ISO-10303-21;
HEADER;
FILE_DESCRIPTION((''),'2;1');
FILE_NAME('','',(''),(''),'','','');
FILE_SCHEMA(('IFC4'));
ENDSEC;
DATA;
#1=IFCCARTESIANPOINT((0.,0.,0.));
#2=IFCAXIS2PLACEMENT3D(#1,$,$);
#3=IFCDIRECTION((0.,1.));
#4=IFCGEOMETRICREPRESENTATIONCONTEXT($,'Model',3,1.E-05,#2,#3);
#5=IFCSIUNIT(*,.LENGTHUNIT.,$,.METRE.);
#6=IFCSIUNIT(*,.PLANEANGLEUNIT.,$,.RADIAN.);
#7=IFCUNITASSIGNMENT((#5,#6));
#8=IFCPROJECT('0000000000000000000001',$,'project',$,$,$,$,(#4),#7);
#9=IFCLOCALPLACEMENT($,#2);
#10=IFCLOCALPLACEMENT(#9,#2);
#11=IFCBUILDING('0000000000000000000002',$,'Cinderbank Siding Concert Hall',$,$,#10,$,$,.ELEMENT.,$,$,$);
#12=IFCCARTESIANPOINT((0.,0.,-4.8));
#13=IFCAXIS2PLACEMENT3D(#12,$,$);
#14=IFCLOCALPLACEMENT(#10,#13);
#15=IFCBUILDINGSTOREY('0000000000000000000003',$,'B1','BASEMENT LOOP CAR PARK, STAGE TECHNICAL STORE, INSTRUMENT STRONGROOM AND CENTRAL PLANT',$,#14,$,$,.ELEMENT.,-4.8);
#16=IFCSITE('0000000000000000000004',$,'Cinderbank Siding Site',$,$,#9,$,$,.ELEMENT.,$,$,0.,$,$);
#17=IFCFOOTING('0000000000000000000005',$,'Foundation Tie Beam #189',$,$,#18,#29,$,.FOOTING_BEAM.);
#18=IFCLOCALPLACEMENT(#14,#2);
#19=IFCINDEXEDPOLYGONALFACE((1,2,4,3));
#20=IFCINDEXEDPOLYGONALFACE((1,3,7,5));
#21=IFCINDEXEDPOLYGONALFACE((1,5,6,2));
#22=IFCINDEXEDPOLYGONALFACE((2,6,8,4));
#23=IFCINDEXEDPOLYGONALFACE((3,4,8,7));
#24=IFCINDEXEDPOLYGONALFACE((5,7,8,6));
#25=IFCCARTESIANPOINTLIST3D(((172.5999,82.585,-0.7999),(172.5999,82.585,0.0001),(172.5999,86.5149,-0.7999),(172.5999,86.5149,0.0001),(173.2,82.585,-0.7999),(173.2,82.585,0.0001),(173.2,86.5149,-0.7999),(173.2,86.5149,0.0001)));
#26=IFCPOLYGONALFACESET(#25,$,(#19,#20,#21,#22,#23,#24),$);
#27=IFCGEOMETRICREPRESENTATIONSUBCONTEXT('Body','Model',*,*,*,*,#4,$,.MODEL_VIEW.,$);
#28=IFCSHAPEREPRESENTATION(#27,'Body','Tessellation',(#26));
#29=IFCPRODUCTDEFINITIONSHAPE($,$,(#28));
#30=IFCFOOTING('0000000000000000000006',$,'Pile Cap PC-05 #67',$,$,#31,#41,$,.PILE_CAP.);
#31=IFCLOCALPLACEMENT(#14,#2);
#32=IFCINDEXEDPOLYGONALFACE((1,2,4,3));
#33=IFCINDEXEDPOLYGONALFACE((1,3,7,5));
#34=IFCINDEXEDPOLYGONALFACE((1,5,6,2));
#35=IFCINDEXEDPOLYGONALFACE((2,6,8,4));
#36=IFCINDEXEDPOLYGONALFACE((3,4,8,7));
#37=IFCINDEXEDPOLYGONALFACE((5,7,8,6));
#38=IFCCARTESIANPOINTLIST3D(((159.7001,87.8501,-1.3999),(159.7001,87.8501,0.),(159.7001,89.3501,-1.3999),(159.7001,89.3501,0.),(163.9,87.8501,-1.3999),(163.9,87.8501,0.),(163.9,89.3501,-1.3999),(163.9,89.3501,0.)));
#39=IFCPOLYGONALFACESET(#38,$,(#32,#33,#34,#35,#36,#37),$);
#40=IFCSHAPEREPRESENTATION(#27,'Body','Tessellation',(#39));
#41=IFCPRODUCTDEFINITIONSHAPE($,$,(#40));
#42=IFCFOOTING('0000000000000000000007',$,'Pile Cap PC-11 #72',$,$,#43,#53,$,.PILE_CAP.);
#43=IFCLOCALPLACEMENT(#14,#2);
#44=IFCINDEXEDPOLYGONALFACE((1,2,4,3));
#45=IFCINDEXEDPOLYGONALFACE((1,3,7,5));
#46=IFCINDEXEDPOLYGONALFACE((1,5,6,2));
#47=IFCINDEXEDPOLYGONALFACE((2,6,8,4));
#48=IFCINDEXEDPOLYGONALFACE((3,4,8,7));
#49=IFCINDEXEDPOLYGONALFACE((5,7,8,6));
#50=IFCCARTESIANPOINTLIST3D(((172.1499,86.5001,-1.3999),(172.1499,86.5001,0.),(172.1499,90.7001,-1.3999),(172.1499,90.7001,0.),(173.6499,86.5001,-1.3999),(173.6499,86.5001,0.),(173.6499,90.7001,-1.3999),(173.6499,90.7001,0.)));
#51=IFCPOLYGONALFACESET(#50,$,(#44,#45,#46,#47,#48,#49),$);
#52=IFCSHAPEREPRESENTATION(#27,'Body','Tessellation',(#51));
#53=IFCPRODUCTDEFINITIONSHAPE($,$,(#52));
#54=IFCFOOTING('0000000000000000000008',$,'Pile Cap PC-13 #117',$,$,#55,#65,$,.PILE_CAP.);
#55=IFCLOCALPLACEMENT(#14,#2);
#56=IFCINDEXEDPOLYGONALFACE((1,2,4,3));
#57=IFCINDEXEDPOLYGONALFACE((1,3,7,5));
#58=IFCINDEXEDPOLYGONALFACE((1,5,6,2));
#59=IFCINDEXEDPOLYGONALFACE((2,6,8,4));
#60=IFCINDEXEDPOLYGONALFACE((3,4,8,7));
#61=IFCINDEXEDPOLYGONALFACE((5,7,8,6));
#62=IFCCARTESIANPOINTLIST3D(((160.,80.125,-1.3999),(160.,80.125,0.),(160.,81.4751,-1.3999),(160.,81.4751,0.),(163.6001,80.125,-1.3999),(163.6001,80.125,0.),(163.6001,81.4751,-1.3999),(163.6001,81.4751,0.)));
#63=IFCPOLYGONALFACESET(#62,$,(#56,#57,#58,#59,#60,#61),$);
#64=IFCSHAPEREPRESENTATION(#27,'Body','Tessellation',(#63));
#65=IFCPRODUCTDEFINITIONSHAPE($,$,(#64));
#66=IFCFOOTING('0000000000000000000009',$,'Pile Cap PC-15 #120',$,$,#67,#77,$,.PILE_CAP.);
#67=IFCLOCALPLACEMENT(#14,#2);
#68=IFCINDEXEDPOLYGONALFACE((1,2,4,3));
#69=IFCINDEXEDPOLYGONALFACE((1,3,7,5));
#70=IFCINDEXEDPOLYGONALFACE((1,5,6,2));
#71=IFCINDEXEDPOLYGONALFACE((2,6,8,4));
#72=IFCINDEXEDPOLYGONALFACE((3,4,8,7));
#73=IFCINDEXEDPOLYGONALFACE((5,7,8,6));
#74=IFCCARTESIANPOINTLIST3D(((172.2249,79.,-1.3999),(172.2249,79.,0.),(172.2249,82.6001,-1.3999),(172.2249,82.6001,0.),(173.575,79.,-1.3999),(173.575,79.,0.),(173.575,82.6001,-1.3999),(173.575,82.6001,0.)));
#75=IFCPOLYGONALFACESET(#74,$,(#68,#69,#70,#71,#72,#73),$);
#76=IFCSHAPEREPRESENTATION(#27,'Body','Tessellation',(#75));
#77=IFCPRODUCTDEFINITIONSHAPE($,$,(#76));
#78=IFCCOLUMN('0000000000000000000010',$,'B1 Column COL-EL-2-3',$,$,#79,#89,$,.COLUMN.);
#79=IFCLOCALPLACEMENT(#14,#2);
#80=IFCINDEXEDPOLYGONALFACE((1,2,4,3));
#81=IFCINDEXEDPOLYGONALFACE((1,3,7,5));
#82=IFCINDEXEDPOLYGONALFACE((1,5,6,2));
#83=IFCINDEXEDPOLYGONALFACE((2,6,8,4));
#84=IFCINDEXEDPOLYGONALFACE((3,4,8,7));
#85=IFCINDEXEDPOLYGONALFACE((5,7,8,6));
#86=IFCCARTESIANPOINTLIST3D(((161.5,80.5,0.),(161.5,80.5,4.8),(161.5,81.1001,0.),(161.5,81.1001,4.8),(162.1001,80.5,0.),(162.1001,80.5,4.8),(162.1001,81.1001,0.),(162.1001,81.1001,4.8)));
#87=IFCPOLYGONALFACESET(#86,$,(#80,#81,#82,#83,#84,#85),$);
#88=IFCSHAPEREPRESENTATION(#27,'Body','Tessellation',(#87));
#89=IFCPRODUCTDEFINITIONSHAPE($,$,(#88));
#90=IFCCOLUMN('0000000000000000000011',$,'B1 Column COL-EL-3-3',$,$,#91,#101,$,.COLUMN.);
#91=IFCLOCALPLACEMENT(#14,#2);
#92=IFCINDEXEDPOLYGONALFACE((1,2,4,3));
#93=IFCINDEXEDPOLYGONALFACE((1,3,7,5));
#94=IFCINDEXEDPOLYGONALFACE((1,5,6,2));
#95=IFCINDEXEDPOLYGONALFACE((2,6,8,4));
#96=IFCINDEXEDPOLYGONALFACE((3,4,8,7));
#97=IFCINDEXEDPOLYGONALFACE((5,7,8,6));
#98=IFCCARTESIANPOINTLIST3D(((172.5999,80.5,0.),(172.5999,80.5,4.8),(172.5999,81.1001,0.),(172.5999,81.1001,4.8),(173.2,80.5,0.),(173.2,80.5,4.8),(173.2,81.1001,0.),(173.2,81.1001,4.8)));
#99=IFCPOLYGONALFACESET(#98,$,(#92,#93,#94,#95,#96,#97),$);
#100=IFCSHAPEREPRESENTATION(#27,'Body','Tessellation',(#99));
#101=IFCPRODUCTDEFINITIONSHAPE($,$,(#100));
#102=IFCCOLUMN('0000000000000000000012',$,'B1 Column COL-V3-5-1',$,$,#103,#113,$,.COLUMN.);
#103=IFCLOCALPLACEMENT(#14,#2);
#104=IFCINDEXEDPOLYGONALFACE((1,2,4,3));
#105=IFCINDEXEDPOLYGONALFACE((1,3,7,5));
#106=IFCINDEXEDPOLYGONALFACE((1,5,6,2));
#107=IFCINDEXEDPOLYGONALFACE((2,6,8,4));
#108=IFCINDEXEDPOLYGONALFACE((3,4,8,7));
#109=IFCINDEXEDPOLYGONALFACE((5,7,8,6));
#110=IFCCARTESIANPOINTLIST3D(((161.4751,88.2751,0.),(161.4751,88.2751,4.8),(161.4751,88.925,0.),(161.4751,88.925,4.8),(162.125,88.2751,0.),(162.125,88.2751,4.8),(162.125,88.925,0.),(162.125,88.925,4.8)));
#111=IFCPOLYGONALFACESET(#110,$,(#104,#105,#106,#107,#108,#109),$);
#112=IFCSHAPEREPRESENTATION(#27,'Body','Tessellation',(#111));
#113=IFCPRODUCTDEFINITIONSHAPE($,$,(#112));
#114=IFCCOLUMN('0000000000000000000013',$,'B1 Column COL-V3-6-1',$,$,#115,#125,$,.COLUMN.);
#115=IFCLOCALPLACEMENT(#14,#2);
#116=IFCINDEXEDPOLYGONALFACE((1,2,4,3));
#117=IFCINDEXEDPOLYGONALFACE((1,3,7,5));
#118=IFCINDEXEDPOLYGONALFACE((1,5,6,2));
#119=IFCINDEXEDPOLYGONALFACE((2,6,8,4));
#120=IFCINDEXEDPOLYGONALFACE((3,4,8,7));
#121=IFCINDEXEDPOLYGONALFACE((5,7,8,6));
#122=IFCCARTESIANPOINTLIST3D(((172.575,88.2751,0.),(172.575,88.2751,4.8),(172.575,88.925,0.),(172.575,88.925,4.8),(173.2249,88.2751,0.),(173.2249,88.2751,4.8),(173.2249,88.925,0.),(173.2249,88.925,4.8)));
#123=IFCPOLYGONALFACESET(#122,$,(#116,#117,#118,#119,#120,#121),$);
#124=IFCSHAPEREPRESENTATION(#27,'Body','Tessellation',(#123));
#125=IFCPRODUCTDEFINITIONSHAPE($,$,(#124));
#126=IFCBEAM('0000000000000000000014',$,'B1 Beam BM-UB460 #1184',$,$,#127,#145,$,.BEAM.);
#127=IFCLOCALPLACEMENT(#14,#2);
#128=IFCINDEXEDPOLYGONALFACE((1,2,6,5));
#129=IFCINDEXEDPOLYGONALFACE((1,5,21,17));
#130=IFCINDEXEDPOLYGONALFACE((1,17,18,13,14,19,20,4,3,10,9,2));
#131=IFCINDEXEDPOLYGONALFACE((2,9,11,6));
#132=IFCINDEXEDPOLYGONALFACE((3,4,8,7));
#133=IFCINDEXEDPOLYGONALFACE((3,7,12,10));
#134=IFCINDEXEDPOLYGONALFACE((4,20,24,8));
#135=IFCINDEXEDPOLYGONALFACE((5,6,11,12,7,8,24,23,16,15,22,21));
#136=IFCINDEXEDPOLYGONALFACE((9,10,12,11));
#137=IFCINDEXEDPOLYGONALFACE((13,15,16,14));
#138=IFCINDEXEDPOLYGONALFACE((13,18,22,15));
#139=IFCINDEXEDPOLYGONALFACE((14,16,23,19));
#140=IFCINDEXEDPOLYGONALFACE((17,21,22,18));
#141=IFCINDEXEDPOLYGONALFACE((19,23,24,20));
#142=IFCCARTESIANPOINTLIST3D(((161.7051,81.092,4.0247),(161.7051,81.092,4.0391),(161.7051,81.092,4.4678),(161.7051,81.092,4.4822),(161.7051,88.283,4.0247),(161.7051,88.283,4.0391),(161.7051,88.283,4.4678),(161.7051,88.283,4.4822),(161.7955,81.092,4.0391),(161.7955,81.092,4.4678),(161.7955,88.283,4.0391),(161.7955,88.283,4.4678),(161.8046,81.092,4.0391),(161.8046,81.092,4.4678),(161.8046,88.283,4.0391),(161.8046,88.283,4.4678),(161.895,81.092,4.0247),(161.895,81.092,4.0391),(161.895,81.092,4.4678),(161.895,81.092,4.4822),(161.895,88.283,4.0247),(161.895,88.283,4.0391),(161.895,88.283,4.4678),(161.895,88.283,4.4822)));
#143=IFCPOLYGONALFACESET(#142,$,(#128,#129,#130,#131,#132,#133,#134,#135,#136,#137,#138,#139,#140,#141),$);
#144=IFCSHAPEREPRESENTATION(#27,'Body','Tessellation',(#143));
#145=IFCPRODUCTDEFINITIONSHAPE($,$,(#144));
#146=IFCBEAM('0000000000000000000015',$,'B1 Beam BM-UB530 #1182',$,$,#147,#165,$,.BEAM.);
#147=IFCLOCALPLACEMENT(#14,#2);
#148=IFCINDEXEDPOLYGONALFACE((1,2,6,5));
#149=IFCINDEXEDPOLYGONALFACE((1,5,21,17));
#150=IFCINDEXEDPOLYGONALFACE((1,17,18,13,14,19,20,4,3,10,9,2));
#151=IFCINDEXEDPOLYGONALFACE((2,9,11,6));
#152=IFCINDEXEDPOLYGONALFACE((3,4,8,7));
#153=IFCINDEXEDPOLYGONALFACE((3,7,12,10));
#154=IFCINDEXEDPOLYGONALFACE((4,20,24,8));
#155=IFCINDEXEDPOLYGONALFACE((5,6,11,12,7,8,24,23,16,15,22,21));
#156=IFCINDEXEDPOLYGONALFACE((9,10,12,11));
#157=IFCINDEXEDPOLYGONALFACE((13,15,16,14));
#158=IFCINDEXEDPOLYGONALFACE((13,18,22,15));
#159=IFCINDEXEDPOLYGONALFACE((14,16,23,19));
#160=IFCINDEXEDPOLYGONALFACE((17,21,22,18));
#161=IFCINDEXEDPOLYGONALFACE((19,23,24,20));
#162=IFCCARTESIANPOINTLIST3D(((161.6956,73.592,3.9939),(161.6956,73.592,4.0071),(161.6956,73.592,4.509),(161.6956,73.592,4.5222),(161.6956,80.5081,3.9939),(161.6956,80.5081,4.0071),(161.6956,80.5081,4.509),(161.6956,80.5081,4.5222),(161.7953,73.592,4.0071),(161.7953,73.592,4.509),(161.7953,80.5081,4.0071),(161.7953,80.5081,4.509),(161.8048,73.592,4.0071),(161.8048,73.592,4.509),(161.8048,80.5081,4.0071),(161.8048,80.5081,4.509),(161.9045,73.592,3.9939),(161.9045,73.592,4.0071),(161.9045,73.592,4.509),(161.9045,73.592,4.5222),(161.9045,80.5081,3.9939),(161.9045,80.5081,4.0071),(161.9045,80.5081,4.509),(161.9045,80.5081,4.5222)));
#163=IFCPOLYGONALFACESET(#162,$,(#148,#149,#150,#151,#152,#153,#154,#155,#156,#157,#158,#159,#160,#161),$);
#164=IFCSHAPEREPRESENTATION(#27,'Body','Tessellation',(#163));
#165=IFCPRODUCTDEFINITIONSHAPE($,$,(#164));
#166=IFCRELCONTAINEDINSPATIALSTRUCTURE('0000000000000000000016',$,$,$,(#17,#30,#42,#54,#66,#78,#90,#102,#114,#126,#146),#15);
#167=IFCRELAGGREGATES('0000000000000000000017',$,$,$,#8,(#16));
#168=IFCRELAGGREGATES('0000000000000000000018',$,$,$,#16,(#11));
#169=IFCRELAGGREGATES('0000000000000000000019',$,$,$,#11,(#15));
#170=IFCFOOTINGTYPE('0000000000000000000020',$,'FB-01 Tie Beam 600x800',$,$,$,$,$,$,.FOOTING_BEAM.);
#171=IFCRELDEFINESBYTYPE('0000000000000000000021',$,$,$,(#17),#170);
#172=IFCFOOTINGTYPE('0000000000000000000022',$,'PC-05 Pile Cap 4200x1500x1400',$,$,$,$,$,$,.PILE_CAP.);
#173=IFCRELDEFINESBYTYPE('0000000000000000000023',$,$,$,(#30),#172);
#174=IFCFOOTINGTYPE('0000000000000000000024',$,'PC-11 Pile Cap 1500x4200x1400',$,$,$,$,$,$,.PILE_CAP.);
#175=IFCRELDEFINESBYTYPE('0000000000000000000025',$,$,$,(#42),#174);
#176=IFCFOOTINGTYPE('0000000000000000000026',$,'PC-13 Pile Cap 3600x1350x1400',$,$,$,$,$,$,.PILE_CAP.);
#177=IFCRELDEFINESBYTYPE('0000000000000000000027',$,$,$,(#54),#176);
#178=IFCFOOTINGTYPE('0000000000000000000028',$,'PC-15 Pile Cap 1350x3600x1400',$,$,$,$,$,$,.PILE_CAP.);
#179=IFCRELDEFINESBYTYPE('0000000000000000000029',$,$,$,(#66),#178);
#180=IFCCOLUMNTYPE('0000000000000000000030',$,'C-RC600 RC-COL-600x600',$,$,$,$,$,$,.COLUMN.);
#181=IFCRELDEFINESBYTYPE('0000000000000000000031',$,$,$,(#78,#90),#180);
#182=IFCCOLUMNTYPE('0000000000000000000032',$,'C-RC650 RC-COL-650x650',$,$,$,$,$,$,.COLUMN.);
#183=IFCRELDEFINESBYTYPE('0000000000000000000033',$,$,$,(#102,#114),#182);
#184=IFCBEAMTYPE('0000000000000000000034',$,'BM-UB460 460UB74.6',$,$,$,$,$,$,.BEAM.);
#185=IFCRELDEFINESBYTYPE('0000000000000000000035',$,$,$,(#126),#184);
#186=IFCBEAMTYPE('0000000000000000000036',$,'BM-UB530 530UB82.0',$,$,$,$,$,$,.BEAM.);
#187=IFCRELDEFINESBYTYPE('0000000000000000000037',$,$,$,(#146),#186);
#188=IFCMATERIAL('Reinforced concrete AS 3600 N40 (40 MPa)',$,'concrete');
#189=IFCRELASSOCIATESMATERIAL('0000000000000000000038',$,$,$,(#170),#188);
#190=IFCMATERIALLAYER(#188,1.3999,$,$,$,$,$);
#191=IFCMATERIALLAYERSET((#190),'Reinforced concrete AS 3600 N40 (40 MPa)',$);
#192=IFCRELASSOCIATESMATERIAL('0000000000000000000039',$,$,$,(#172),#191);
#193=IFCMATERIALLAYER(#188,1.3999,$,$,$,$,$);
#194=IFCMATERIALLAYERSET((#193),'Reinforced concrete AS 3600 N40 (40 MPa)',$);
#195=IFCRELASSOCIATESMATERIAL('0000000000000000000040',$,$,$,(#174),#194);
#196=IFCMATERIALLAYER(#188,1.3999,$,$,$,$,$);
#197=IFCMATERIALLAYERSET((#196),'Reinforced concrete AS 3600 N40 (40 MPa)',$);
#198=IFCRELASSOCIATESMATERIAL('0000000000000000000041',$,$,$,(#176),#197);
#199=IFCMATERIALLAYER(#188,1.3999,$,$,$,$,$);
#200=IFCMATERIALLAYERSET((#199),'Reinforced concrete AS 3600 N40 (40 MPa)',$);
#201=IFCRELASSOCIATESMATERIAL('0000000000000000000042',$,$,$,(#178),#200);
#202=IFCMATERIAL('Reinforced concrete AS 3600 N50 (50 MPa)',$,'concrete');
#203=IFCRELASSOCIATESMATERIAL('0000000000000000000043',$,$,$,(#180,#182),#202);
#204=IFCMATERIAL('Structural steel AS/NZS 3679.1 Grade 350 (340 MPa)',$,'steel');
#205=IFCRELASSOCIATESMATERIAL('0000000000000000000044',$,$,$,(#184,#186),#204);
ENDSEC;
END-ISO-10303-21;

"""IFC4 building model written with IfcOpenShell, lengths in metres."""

from ifc_helpers import new_model, si_unit, direction, frame, origin, origin_2d, place, context, subcontext, project, spatial, rectangle, i_section, extrude, material, layer, layer_set, material_profile, profile_set, type_object, element, save


model = new_model("IFC4")

# Units and contexts
model_context = context("Model", 3, precision=1e-05, world=origin(), true_north=direction((0.0, 1.0)))
body_context = subcontext(model_context, "Body", "Model", "MODEL_VIEW")
ifc_project = project(units=[si_unit("LENGTHUNIT", "METRE"), si_unit("PLANEANGLEUNIT", "RADIAN")], contexts=[model_context])

# Site, building, storey
site_placement = place(None, origin())
site = spatial("IfcSite", under=ifc_project, at=site_placement, Name="Cinderbank Siding Site", CompositionType="ELEMENT", RefElevation=0.0)
building_placement = place(site_placement, origin())
building = spatial("IfcBuilding", under=site, at=building_placement, Name="Cinderbank Siding Concert Hall", CompositionType="ELEMENT")
storey_placement = place(building_placement, frame((0.0, 0.0, -4.8)))
storey = spatial("IfcBuildingStorey", under=building, at=storey_placement, Name="B1", Description="BASEMENT LOOP CAR PARK, STAGE TECHNICAL STORE, INSTRUMENT STRONGROOM AND CENTRAL PLANT", CompositionType="ELEMENT", Elevation=-4.8)

# Shared definitions
ifc_material_1 = material(Name="Reinforced concrete AS 3600 N40 (40 MPa)", Category="concrete")

# Footings
ifc_material_profile_1 = material_profile(ifc_material_1, rectangle(XDim=0.6001, YDim=0.8, at=origin_2d()), Name="RC-FB-600x800", Category="LoadBearing")
ifc_profile_set_1 = profile_set([ifc_material_profile_1], Name="Reinforced concrete AS 3600 N40 (40 MPa)")
footing_type_1 = type_object("IfcFootingType", Name="FB-01 Tie Beam 600x800", PredefinedType="FOOTING_BEAM", material=ifc_profile_set_1)
for number, where, z_axis, x_axis, name in (
    (1, (172.8999, 82.585, -0.3999), (0.0, 1.0, 0.0), (-1.0, 0.0, 0.0), "Foundation Tie Beam #189"),
):
    element("IfcFooting", number, at=place(storey_placement, frame(where, z_axis=z_axis, x_axis=x_axis)), inside=storey, type_object=footing_type_1, Name=name, PredefinedType="FOOTING_BEAM", context=body_context, shape_type="SweptSolid", body=[
        extrude(rectangle(XDim=0.6001, YDim=0.8, at=origin_2d()), origin(), (0.0, 0.0, 1.0), 3.9299),
    ])
ifc_layer_1 = layer(ifc_material_1, 1.3999)
ifc_layer_set_1 = layer_set([ifc_layer_1], Name="Reinforced concrete AS 3600 N40 (40 MPa)")
footing_type_2 = type_object("IfcFootingType", Name="PC-05 Pile Cap 4200x1500x1400", PredefinedType="PILE_CAP", material=ifc_layer_set_1)
footing_1_placement = place(storey_placement, frame((161.8, 88.6001, -1.3999), z_axis=(0.0, 0.0, 1.0), x_axis=(1.0, 0.0, 0.0)))
element("IfcFooting", 2, at=footing_1_placement, inside=storey, type_object=footing_type_2, Name="Pile Cap PC-05 #67", PredefinedType="PILE_CAP", context=body_context, shape_type="SweptSolid", body=[
    extrude(rectangle(XDim=4.2, YDim=1.5, at=origin_2d()), origin(), (0.0, 0.0, 1.0), 1.3999),
])
ifc_layer_2 = layer(ifc_material_1, 1.3999)
ifc_layer_set_2 = layer_set([ifc_layer_2], Name="Reinforced concrete AS 3600 N40 (40 MPa)")
footing_type_3 = type_object("IfcFootingType", Name="PC-11 Pile Cap 1500x4200x1400", PredefinedType="PILE_CAP", material=ifc_layer_set_2)
footing_2_placement = place(storey_placement, frame((172.8999, 88.6001, -1.3999), z_axis=(0.0, 0.0, 1.0), x_axis=(1.0, 0.0, 0.0)))
element("IfcFooting", 3, at=footing_2_placement, inside=storey, type_object=footing_type_3, Name="Pile Cap PC-11 #72", PredefinedType="PILE_CAP", context=body_context, shape_type="SweptSolid", body=[
    extrude(rectangle(XDim=1.5, YDim=4.2, at=origin_2d()), origin(), (0.0, 0.0, 1.0), 1.3999),
])
ifc_layer_3 = layer(ifc_material_1, 1.3999)
ifc_layer_set_3 = layer_set([ifc_layer_3], Name="Reinforced concrete AS 3600 N40 (40 MPa)")
footing_type_4 = type_object("IfcFootingType", Name="PC-13 Pile Cap 3600x1350x1400", PredefinedType="PILE_CAP", material=ifc_layer_set_3)
footing_3_placement = place(storey_placement, frame((161.8, 80.8, -1.3999), z_axis=(0.0, 0.0, 1.0), x_axis=(1.0, 0.0, 0.0)))
element("IfcFooting", 4, at=footing_3_placement, inside=storey, type_object=footing_type_4, Name="Pile Cap PC-13 #117", PredefinedType="PILE_CAP", context=body_context, shape_type="SweptSolid", body=[
    extrude(rectangle(XDim=3.6001, YDim=1.3501, at=origin_2d()), origin(), (0.0, 0.0, 1.0), 1.3999),
])
ifc_layer_4 = layer(ifc_material_1, 1.3999)
ifc_layer_set_4 = layer_set([ifc_layer_4], Name="Reinforced concrete AS 3600 N40 (40 MPa)")
footing_type_5 = type_object("IfcFootingType", Name="PC-15 Pile Cap 1350x3600x1400", PredefinedType="PILE_CAP", material=ifc_layer_set_4)
footing_4_placement = place(storey_placement, frame((172.8999, 80.8, -1.3999), z_axis=(0.0, 0.0, 1.0), x_axis=(1.0, 0.0, 0.0)))
element("IfcFooting", 5, at=footing_4_placement, inside=storey, type_object=footing_type_5, Name="Pile Cap PC-15 #120", PredefinedType="PILE_CAP", context=body_context, shape_type="SweptSolid", body=[
    extrude(rectangle(XDim=1.3501, YDim=3.6001, at=origin_2d()), origin(), (0.0, 0.0, 1.0), 1.3999),
])

# Columns
ifc_material_2 = material(Name="Reinforced concrete AS 3600 N50 (50 MPa)", Category="concrete")
ifc_material_profile_2 = material_profile(ifc_material_2, rectangle(XDim=0.6001, YDim=0.6001, at=origin_2d()), Name="RC-COL-600x600", Category="LoadBearing")
ifc_profile_set_2 = profile_set([ifc_material_profile_2], Name="Reinforced concrete AS 3600 N50 (50 MPa)")
column_type_1 = type_object("IfcColumnType", Name="C-RC600 RC-COL-600x600", PredefinedType="COLUMN", material=ifc_profile_set_2)
for number, where, z_axis, x_axis, name in (
    (6, (161.8, 80.8, 0.0), (0.0, 0.0, 1.0), (1.0, 0.0, 0.0), "B1 Column COL-EL-2-3"),
    (7, (172.8999, 80.8, 0.0), (0.0, 0.0, 1.0), (1.0, 0.0, 0.0), "B1 Column COL-EL-3-3"),
):
    element("IfcColumn", number, at=place(storey_placement, frame(where, z_axis=z_axis, x_axis=x_axis)), inside=storey, type_object=column_type_1, Name=name, PredefinedType="COLUMN", context=body_context, shape_type="SweptSolid", body=[
        extrude(rectangle(XDim=0.6001, YDim=0.6001, at=origin_2d()), origin(), (0.0, 0.0, 1.0), 4.8),
    ])
ifc_material_profile_3 = material_profile(ifc_material_2, rectangle(XDim=0.6499, YDim=0.6499, at=origin_2d()), Name="RC-COL-650x650", Category="LoadBearing")
ifc_profile_set_3 = profile_set([ifc_material_profile_3], Name="Reinforced concrete AS 3600 N50 (50 MPa)")
column_type_2 = type_object("IfcColumnType", Name="C-RC650 RC-COL-650x650", PredefinedType="COLUMN", material=ifc_profile_set_3)
for number, where, z_axis, x_axis, name in (
    (8, (161.8, 88.6001, 0.0), (0.0, 0.0, 1.0), (1.0, 0.0, 0.0), "B1 Column COL-V3-5-1"),
    (9, (172.8999, 88.6001, 0.0), (0.0, 0.0, 1.0), (1.0, 0.0, 0.0), "B1 Column COL-V3-6-1"),
):
    element("IfcColumn", number, at=place(storey_placement, frame(where, z_axis=z_axis, x_axis=x_axis)), inside=storey, type_object=column_type_2, Name=name, PredefinedType="COLUMN", context=body_context, shape_type="SweptSolid", body=[
        extrude(rectangle(XDim=0.6499, YDim=0.6499, at=origin_2d()), origin(), (0.0, 0.0, 1.0), 4.8),
    ])

# Beams
ifc_material_3 = material(Name="Structural steel AS/NZS 3679.1 Grade 350 (340 MPa)", Category="steel")
ifc_material_profile_4 = material_profile(ifc_material_3, i_section(OverallWidth=0.1899, OverallDepth=0.4575, WebThickness=0.009, FlangeThickness=0.0144, at=origin_2d()), Name="460UB74.6", Category="LoadBearing")
ifc_profile_set_4 = profile_set([ifc_material_profile_4], Name="Structural steel AS/NZS 3679.1 Grade 350 (340 MPa)")
beam_type_1 = type_object("IfcBeamType", Name="BM-UB460 460UB74.6", PredefinedType="BEAM", material=ifc_profile_set_4)
beam_1_placement = place(storey_placement, frame((161.8, 81.092, 4.2534), z_axis=(0.0, 1.0, 0.0), x_axis=(-1.0, 0.0, 0.0)))
element("IfcBeam", 10, at=beam_1_placement, inside=storey, type_object=beam_type_1, Name="B1 Beam BM-UB460 #1184", PredefinedType="BEAM", context=body_context, shape_type="SweptSolid", body=[
    extrude(i_section(OverallWidth=0.1899, OverallDepth=0.4575, WebThickness=0.009, FlangeThickness=0.0144, at=origin_2d()), origin(), (0.0, 0.0, 1.0), 7.1909),
])
ifc_material_profile_5 = material_profile(ifc_material_3, i_section(OverallWidth=0.209, OverallDepth=0.5283, WebThickness=0.0095, FlangeThickness=0.0132, at=origin_2d()), Name="530UB82.0", Category="LoadBearing")
ifc_profile_set_5 = profile_set([ifc_material_profile_5], Name="Structural steel AS/NZS 3679.1 Grade 350 (340 MPa)")
beam_type_2 = type_object("IfcBeamType", Name="BM-UB530 530UB82.0", PredefinedType="BEAM", material=ifc_profile_set_5)
beam_2_placement = place(storey_placement, frame((161.8, 73.592, 4.2581), z_axis=(0.0, 1.0, 0.0), x_axis=(-1.0, 0.0, 0.0)))
element("IfcBeam", 11, at=beam_2_placement, inside=storey, type_object=beam_type_2, Name="B1 Beam BM-UB530 #1182", PredefinedType="BEAM", context=body_context, shape_type="SweptSolid", body=[
    extrude(i_section(OverallWidth=0.209, OverallDepth=0.5283, WebThickness=0.0095, FlangeThickness=0.0132, at=origin_2d()), origin(), (0.0, 0.0, 1.0), 6.916),
])

save(model, "model.ifc")
